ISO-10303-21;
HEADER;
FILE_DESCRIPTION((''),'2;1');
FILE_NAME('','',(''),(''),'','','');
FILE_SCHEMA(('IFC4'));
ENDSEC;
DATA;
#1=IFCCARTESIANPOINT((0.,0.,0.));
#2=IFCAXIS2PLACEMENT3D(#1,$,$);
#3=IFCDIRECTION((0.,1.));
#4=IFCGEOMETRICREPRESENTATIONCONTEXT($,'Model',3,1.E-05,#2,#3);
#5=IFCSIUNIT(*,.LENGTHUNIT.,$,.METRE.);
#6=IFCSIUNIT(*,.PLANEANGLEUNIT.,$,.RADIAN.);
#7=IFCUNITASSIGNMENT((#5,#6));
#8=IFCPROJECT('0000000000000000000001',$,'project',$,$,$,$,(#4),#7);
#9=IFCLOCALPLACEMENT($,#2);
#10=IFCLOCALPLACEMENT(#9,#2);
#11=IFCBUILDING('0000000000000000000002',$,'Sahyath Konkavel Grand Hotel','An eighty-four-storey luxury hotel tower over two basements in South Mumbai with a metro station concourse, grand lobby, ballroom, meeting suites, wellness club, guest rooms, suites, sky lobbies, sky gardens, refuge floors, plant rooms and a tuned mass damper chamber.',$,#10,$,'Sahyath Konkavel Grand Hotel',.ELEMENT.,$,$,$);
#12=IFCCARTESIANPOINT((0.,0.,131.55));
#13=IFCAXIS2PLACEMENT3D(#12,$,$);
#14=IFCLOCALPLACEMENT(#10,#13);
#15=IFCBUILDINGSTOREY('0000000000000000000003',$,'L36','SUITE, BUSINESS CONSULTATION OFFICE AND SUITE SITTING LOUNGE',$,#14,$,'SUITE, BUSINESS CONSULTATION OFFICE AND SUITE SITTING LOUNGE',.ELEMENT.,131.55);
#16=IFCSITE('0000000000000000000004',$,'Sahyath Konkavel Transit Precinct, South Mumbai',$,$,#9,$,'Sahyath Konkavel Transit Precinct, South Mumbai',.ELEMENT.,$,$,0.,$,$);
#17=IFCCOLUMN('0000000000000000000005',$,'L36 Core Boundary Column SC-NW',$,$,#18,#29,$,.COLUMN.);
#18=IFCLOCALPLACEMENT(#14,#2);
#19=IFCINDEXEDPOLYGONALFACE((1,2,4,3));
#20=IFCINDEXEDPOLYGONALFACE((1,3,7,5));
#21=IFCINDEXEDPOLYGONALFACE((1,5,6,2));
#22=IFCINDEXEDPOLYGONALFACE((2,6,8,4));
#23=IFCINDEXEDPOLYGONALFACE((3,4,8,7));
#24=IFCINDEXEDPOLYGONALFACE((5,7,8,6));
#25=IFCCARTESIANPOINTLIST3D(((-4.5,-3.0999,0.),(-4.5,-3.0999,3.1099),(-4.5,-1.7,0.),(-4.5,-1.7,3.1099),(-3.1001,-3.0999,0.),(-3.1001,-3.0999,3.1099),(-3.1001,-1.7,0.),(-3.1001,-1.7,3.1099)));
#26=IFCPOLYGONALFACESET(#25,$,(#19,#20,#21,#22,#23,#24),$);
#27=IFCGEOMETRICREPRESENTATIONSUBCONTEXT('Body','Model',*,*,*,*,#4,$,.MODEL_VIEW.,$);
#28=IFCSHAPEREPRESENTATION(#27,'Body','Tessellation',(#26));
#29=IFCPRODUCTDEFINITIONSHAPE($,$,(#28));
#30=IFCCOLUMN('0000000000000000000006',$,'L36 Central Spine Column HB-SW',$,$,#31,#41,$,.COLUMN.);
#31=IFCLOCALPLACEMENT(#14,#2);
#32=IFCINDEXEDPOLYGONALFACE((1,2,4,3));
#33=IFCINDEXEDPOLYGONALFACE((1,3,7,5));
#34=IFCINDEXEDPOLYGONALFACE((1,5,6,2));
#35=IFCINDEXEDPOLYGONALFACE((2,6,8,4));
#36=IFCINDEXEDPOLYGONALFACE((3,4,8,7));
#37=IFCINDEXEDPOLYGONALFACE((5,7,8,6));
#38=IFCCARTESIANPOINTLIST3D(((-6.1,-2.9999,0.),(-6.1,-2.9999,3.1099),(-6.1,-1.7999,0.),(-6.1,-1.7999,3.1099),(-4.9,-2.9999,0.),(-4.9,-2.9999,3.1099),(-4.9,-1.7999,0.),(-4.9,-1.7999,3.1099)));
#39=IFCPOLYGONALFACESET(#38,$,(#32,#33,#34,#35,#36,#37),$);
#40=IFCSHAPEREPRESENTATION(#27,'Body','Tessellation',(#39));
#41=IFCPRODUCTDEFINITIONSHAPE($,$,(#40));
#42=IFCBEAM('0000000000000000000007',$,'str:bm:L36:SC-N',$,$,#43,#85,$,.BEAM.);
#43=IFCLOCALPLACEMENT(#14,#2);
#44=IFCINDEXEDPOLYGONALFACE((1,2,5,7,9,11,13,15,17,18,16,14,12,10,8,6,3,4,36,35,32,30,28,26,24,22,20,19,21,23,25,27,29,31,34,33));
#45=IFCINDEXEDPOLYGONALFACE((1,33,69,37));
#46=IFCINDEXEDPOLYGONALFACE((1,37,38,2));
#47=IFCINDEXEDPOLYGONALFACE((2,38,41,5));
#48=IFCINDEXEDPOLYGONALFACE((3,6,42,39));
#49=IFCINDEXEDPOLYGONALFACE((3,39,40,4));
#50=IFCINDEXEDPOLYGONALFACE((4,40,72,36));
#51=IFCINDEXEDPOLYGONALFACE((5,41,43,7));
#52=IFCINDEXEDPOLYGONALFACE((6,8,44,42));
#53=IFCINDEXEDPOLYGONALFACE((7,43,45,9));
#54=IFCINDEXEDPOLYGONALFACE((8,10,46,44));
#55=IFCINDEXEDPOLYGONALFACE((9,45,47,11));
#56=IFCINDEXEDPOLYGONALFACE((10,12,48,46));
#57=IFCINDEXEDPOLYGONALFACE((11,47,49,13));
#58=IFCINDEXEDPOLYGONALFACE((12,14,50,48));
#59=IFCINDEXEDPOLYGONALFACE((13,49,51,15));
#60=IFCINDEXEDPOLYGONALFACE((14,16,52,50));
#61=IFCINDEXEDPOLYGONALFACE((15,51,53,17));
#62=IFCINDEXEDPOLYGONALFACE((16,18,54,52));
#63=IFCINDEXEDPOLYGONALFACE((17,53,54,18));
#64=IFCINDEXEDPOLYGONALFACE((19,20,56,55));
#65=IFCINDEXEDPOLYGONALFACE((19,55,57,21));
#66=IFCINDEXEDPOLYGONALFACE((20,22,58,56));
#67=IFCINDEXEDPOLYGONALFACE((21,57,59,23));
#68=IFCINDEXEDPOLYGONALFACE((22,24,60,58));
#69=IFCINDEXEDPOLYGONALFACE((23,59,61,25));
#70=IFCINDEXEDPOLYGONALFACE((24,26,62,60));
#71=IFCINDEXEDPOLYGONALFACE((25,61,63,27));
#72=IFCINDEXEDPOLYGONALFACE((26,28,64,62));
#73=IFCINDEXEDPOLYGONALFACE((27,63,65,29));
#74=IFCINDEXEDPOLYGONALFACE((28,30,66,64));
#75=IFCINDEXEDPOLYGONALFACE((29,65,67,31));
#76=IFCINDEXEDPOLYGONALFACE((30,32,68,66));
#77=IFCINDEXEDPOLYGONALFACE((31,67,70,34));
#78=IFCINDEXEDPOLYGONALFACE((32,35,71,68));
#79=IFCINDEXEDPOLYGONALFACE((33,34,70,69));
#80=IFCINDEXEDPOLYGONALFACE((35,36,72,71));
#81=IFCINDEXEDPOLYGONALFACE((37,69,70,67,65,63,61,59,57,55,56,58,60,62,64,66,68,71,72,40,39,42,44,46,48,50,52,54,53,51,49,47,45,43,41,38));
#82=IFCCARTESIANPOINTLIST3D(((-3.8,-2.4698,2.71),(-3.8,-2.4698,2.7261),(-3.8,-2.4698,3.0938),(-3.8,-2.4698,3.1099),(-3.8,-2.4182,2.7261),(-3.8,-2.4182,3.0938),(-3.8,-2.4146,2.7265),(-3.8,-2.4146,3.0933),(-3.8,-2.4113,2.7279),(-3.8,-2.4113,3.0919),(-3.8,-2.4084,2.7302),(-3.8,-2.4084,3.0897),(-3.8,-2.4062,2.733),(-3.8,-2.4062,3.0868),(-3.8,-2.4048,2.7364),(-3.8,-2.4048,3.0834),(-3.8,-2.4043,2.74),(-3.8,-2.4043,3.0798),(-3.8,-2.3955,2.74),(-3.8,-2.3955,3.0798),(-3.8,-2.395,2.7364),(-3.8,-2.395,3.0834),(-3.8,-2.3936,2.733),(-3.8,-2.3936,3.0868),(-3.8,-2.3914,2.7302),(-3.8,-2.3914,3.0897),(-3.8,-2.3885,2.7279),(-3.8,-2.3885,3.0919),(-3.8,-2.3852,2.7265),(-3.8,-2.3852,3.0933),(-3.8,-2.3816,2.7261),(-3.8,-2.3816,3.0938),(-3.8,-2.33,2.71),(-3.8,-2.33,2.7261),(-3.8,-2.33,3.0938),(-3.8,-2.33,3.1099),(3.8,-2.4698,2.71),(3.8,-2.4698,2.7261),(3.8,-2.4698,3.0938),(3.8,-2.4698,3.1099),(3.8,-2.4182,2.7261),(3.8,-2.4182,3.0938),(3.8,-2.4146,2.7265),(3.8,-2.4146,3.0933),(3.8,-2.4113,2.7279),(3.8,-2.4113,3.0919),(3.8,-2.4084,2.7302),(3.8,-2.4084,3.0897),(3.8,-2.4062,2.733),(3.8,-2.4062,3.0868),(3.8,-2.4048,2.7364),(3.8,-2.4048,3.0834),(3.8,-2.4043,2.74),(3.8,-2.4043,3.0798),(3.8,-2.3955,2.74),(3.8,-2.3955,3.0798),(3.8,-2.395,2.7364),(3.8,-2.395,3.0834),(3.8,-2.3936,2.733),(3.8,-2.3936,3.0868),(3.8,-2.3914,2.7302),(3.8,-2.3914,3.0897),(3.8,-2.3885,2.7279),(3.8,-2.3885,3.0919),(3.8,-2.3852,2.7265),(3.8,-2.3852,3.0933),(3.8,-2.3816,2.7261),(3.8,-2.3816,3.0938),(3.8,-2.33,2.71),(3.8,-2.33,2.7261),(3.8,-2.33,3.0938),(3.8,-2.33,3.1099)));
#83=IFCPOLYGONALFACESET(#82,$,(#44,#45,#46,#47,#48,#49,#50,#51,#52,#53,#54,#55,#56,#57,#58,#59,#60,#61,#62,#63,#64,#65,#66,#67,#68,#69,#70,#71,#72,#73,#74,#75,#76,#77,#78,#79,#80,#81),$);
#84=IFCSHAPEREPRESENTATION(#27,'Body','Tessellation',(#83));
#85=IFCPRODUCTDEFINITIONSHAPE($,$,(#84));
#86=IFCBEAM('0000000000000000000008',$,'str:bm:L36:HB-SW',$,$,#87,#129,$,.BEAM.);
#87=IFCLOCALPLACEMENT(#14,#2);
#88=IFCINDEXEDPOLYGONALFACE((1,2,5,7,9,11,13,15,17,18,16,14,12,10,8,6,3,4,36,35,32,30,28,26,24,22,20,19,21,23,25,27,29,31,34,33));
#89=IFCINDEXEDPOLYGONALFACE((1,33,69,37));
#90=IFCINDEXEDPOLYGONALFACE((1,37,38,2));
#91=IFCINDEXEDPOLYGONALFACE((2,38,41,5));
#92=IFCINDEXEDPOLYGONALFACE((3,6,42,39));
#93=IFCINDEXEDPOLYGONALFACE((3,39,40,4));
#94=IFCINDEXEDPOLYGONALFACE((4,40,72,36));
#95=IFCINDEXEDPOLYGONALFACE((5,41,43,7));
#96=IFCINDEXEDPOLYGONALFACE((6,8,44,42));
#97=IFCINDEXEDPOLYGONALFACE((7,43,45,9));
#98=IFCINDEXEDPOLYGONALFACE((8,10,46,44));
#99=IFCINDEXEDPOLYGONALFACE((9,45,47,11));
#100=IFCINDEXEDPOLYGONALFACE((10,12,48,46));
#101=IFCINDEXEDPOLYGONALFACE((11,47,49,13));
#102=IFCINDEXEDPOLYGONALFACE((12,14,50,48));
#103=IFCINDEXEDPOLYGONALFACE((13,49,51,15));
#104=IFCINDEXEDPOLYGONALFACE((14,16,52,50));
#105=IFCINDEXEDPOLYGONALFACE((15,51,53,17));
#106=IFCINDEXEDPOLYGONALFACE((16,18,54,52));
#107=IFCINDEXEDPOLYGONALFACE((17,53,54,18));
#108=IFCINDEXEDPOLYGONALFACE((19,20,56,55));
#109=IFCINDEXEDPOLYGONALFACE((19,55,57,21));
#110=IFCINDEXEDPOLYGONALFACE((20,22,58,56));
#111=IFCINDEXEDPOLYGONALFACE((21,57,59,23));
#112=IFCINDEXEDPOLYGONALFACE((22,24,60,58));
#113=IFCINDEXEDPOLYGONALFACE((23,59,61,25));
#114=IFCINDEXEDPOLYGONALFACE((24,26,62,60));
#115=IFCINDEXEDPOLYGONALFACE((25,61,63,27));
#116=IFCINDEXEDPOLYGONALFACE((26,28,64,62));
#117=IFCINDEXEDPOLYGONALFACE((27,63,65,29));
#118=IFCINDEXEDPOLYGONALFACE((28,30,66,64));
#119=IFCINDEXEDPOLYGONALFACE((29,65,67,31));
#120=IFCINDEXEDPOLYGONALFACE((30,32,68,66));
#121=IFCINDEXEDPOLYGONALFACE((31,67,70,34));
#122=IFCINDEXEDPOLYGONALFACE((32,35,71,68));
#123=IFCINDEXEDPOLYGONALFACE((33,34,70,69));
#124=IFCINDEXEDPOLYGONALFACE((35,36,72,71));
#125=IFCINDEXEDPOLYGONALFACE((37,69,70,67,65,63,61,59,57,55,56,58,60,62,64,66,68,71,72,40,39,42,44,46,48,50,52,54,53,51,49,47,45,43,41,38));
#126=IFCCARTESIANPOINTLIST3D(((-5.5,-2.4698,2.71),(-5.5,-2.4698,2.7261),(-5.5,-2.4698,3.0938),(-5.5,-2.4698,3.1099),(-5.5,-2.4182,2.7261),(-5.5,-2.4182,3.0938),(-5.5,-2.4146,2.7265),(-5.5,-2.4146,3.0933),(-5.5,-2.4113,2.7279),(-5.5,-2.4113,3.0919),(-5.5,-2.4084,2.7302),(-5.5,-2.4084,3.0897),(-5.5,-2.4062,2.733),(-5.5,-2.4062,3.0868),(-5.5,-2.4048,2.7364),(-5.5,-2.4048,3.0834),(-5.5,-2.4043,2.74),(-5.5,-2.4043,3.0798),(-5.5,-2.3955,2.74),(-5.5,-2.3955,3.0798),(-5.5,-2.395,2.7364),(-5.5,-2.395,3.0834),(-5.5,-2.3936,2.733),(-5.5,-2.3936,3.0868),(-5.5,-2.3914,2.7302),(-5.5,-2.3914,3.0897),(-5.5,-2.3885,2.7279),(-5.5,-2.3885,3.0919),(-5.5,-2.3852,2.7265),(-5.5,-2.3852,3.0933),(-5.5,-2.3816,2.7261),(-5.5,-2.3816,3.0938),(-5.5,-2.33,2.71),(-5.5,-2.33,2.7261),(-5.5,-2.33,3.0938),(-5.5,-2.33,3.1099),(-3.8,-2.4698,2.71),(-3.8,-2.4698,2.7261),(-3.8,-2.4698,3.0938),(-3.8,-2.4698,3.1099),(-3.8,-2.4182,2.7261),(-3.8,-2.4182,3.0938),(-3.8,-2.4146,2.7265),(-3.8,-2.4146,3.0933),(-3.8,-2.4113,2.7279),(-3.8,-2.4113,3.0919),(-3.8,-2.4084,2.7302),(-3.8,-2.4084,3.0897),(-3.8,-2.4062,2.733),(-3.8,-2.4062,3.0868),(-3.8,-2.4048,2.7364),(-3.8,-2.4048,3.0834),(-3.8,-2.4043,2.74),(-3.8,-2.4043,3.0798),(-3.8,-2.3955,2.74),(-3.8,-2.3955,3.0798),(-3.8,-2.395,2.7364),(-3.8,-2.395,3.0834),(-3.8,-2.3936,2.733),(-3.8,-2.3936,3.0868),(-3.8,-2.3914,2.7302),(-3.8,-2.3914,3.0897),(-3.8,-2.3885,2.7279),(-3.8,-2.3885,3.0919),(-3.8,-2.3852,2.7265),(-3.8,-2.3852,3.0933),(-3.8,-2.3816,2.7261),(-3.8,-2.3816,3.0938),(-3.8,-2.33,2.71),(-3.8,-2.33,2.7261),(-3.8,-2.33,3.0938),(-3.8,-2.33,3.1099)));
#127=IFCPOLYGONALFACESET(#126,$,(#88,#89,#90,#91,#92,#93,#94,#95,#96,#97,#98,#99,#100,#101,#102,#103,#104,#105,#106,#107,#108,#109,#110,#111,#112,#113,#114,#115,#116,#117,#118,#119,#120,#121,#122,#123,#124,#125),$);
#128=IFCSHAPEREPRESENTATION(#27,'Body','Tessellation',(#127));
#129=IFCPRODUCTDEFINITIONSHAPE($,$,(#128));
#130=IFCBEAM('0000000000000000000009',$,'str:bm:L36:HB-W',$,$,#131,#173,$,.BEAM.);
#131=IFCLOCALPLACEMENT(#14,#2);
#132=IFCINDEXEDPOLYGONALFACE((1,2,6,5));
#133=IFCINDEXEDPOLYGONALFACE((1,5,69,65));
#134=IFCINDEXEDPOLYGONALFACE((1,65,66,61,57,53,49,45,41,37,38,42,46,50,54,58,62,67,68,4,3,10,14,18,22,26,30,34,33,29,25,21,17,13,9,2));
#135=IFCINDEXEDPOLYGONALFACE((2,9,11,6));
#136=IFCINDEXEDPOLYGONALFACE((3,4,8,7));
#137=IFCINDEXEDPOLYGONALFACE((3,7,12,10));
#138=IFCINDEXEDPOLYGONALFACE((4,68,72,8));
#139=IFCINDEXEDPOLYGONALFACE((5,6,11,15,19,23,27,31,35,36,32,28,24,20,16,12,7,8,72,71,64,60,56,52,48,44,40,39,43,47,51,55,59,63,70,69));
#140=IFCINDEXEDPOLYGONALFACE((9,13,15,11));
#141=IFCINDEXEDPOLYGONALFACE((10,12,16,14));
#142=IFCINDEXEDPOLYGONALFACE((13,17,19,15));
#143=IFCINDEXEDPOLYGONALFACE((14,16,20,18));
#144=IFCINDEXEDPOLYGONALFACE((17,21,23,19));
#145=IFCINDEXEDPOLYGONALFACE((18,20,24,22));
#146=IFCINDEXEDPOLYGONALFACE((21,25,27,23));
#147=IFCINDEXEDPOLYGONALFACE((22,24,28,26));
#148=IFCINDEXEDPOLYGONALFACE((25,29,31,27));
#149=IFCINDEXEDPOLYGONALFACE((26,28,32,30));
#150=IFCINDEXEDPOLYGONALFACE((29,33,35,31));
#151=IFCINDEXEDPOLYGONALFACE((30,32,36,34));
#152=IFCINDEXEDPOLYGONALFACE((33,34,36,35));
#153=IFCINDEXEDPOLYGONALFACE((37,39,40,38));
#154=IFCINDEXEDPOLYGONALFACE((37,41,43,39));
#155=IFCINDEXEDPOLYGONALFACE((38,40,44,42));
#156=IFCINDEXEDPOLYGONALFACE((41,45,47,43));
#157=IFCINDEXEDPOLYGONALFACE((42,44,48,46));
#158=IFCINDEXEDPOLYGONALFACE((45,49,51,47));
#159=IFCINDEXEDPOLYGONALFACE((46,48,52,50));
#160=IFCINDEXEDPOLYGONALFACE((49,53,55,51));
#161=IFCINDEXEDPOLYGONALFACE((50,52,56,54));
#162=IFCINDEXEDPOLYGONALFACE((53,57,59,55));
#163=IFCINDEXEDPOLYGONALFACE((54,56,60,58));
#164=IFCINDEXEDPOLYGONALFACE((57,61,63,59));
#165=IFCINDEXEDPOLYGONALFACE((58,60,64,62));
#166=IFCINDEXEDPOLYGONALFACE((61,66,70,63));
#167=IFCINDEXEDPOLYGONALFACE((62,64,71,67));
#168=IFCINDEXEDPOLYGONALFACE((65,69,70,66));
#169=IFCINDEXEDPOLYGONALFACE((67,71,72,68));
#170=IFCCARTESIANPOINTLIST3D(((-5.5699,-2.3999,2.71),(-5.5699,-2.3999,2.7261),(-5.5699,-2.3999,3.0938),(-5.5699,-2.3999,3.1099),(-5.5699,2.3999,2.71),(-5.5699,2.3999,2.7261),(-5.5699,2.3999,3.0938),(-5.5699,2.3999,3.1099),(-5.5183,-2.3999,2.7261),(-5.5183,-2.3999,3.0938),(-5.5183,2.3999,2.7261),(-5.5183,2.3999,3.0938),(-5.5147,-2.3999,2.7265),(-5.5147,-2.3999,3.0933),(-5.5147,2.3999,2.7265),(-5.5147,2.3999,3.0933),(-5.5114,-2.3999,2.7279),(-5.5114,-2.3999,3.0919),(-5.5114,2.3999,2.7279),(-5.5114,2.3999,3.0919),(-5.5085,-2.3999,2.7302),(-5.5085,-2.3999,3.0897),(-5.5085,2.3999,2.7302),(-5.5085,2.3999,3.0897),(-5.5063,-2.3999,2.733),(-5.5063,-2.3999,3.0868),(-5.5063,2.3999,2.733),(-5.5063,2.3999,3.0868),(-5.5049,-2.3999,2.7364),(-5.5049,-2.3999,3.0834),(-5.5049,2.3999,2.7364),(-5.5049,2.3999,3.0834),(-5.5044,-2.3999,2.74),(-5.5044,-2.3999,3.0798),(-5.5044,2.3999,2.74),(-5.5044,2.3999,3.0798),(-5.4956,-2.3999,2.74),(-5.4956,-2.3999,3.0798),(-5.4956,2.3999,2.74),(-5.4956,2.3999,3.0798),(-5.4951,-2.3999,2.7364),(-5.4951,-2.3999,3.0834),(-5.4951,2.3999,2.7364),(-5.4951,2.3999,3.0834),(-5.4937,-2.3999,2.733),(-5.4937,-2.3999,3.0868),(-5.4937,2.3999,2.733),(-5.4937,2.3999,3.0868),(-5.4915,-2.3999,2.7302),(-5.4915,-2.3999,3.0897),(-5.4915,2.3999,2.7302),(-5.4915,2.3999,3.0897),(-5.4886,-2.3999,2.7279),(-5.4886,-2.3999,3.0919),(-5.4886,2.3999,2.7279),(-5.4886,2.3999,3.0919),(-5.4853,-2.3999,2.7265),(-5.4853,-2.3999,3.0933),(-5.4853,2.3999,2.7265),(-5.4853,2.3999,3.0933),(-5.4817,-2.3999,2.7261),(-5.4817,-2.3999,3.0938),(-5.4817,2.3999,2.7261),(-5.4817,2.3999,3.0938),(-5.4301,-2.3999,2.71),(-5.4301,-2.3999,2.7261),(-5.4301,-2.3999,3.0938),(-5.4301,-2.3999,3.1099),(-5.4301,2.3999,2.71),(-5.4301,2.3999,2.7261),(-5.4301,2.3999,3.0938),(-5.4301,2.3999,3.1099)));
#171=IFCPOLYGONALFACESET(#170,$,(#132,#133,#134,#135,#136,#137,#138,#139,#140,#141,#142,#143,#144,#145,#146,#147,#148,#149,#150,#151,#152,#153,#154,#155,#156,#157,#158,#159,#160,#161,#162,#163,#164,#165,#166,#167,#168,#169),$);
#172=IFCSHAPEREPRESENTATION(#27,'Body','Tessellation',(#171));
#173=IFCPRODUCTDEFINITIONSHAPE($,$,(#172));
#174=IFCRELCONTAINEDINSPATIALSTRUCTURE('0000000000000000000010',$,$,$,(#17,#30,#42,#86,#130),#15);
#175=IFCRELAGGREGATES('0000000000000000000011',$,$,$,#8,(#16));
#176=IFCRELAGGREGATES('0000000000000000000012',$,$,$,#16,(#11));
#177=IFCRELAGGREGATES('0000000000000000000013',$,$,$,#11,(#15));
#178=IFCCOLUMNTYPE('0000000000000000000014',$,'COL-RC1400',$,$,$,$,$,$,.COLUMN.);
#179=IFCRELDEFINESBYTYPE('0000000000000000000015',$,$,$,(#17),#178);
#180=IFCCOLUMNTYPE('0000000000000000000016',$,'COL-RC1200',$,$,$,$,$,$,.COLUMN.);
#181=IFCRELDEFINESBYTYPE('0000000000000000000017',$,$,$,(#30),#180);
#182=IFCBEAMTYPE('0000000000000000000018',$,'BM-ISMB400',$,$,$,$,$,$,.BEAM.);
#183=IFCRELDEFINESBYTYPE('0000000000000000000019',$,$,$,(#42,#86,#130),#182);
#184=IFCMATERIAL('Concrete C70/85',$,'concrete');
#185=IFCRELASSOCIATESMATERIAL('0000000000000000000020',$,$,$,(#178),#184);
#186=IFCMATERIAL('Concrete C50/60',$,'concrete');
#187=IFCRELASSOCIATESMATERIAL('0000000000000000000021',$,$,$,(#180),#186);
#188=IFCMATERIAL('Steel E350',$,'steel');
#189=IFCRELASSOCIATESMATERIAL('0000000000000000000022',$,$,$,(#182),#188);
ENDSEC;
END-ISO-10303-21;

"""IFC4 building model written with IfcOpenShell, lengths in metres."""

from ifc_helpers import new_model, si_unit, direction, frame, origin, origin_2d, place, context, subcontext, project, spatial, rectangle, i_section, extrude, source, transform, mapped, material, material_profile, profile_set, type_object, element, save


model = new_model("IFC4")

# Units and contexts
model_context = context("Model", 3, precision=1e-05, world=origin(), true_north=direction((0.0, 1.0)))
body_context = subcontext(model_context, "Body", "Model", "MODEL_VIEW")
ifc_project = project(units=[si_unit("LENGTHUNIT", "METRE"), si_unit("PLANEANGLEUNIT", "RADIAN")], contexts=[model_context])

# Site, building, storey
site_placement = place(None, origin())
site = spatial("IfcSite", under=ifc_project, at=site_placement, Name="Sahyath Konkavel Transit Precinct, South Mumbai", LongName="Sahyath Konkavel Transit Precinct, South Mumbai", CompositionType="ELEMENT", RefElevation=0.0)
building_placement = place(site_placement, origin())
building = spatial("IfcBuilding", under=site, at=building_placement, Name="Sahyath Konkavel Grand Hotel", Description="An eighty-four-storey luxury hotel tower over two basements in South Mumbai with a metro station concourse, grand lobby, ballroom, meeting suites, wellness club, guest rooms, suites, sky lobbies, sky gardens, refuge floors, plant rooms and a tuned mass damper chamber.", LongName="Sahyath Konkavel Grand Hotel", CompositionType="ELEMENT")
storey_placement = place(building_placement, frame((0.0, 0.0, 131.55)))
storey = spatial("IfcBuildingStorey", under=building, at=storey_placement, Name="L36", Description="SUITE, BUSINESS CONSULTATION OFFICE AND SUITE SITTING LOUNGE", LongName="SUITE, BUSINESS CONSULTATION OFFICE AND SUITE SITTING LOUNGE", CompositionType="ELEMENT", Elevation=131.55)

# Columns
ifc_material_1 = material(Name="Concrete C70/85", Category="concrete")
ifc_material_profile_1 = material_profile(ifc_material_1, rectangle(XDim=1.3999, YDim=1.3999, at=origin_2d()), Name="RC 1400x1400")
ifc_profile_set_1 = profile_set([ifc_material_profile_1], Name="Concrete C70/85")
column_type_1 = type_object("IfcColumnType", Name="COL-RC1400", PredefinedType="COLUMN", material=ifc_profile_set_1)
shared_shape_1 = source(origin(), body_context, "Body", "SweptSolid", [
    extrude(rectangle(XDim=1.3999, YDim=1.3999, at=origin_2d()), origin(), (0.0, 0.0, 1.0), 3.1099),
])
column_1_placement = place(storey_placement, frame((-3.8, -2.3999, 0.0), z_axis=(0.0, 0.0, 1.0), x_axis=(1.0, 0.0, 0.0)))
element("IfcColumn", 1, at=column_1_placement, inside=storey, type_object=column_type_1, Name="L36 Core Boundary Column SC-NW", PredefinedType="COLUMN", context=body_context, shape_type="MappedRepresentation", body=[
    mapped(shared_shape_1, transform((0.0, 0.0, 0.0), scale=1.0)),
])
ifc_material_2 = material(Name="Concrete C50/60", Category="concrete")
ifc_material_profile_2 = material_profile(ifc_material_2, rectangle(XDim=1.2, YDim=1.2, at=origin_2d()), Name="RC 1200x1200")
ifc_profile_set_2 = profile_set([ifc_material_profile_2], Name="Concrete C50/60")
column_type_2 = type_object("IfcColumnType", Name="COL-RC1200", PredefinedType="COLUMN", material=ifc_profile_set_2)
shared_shape_2 = source(origin(), body_context, "Body", "SweptSolid", [
    extrude(rectangle(XDim=1.2, YDim=1.2, at=origin_2d()), origin(), (0.0, 0.0, 1.0), 3.1099),
])
column_2_placement = place(storey_placement, frame((-5.5, -2.3999, 0.0), z_axis=(0.0, 0.0, 1.0), x_axis=(1.0, 0.0, 0.0)))
element("IfcColumn", 2, at=column_2_placement, inside=storey, type_object=column_type_2, Name="L36 Central Spine Column HB-SW", PredefinedType="COLUMN", context=body_context, shape_type="MappedRepresentation", body=[
    mapped(shared_shape_2, transform((0.0, 0.0, 0.0), scale=1.0)),
])

# Beams
ifc_material_3 = material(Name="Steel E350", Category="steel")
ifc_material_profile_3 = material_profile(ifc_material_3, i_section(OverallWidth=0.1399, OverallDepth=0.3999, WebThickness=0.0088, FlangeThickness=0.0161, FilletRadius=0.0139, at=origin_2d()), Name="ISMB 400")
ifc_profile_set_3 = profile_set([ifc_material_profile_3], Name="Steel E350")
beam_type_1 = type_object("IfcBeamType", Name="BM-ISMB400", PredefinedType="BEAM", material=ifc_profile_set_3)
shared_shape_3 = source(origin(), body_context, "Body", "SweptSolid", [
    extrude(i_section(OverallWidth=0.1399, OverallDepth=0.3999, WebThickness=0.0088, FlangeThickness=0.0161, FilletRadius=0.0139, at=origin_2d()), origin(), (0.0, 0.0, 1.0), 7.6001),
])
beam_1_placement = place(storey_placement, frame((-3.8, -2.3999, 2.9099), z_axis=(1.0, 0.0, 0.0), x_axis=(0.0, 1.0, 0.0)))
element("IfcBeam", 3, at=beam_1_placement, inside=storey, type_object=beam_type_1, Name="str:bm:L36:SC-N", PredefinedType="BEAM", context=body_context, shape_type="MappedRepresentation", body=[
    mapped(shared_shape_3, transform((0.0, 0.0, 0.0), scale=1.0)),
])
shared_shape_4 = source(origin(), body_context, "Body", "SweptSolid", [
    extrude(i_section(OverallWidth=0.1399, OverallDepth=0.3999, WebThickness=0.0088, FlangeThickness=0.0161, FilletRadius=0.0139, at=origin_2d()), origin(), (0.0, 0.0, 1.0), 1.7),
])
beam_2_placement = place(storey_placement, frame((-5.5, -2.3999, 2.9099), z_axis=(1.0, 0.0, 0.0), x_axis=(0.0, 1.0, 0.0)))
element("IfcBeam", 4, at=beam_2_placement, inside=storey, type_object=beam_type_1, Name="str:bm:L36:HB-SW", PredefinedType="BEAM", context=body_context, shape_type="MappedRepresentation", body=[
    mapped(shared_shape_4, transform((0.0, 0.0, 0.0), scale=1.0)),
])
shared_shape_5 = source(origin(), body_context, "Body", "SweptSolid", [
    extrude(i_section(OverallWidth=0.1399, OverallDepth=0.3999, WebThickness=0.0088, FlangeThickness=0.0161, FilletRadius=0.0139, at=origin_2d()), origin(), (0.0, 0.0, 1.0), 4.7998),
])
beam_3_placement = place(storey_placement, frame((-5.5, -2.3999, 2.9099), z_axis=(0.0, 1.0, 0.0), x_axis=(-1.0, 0.0, 0.0)))
element("IfcBeam", 5, at=beam_3_placement, inside=storey, type_object=beam_type_1, Name="str:bm:L36:HB-W", PredefinedType="BEAM", context=body_context, shape_type="MappedRepresentation", body=[
    mapped(shared_shape_5, transform((0.0, 0.0, 0.0), scale=1.0)),
])

save(model, "model.ifc")
